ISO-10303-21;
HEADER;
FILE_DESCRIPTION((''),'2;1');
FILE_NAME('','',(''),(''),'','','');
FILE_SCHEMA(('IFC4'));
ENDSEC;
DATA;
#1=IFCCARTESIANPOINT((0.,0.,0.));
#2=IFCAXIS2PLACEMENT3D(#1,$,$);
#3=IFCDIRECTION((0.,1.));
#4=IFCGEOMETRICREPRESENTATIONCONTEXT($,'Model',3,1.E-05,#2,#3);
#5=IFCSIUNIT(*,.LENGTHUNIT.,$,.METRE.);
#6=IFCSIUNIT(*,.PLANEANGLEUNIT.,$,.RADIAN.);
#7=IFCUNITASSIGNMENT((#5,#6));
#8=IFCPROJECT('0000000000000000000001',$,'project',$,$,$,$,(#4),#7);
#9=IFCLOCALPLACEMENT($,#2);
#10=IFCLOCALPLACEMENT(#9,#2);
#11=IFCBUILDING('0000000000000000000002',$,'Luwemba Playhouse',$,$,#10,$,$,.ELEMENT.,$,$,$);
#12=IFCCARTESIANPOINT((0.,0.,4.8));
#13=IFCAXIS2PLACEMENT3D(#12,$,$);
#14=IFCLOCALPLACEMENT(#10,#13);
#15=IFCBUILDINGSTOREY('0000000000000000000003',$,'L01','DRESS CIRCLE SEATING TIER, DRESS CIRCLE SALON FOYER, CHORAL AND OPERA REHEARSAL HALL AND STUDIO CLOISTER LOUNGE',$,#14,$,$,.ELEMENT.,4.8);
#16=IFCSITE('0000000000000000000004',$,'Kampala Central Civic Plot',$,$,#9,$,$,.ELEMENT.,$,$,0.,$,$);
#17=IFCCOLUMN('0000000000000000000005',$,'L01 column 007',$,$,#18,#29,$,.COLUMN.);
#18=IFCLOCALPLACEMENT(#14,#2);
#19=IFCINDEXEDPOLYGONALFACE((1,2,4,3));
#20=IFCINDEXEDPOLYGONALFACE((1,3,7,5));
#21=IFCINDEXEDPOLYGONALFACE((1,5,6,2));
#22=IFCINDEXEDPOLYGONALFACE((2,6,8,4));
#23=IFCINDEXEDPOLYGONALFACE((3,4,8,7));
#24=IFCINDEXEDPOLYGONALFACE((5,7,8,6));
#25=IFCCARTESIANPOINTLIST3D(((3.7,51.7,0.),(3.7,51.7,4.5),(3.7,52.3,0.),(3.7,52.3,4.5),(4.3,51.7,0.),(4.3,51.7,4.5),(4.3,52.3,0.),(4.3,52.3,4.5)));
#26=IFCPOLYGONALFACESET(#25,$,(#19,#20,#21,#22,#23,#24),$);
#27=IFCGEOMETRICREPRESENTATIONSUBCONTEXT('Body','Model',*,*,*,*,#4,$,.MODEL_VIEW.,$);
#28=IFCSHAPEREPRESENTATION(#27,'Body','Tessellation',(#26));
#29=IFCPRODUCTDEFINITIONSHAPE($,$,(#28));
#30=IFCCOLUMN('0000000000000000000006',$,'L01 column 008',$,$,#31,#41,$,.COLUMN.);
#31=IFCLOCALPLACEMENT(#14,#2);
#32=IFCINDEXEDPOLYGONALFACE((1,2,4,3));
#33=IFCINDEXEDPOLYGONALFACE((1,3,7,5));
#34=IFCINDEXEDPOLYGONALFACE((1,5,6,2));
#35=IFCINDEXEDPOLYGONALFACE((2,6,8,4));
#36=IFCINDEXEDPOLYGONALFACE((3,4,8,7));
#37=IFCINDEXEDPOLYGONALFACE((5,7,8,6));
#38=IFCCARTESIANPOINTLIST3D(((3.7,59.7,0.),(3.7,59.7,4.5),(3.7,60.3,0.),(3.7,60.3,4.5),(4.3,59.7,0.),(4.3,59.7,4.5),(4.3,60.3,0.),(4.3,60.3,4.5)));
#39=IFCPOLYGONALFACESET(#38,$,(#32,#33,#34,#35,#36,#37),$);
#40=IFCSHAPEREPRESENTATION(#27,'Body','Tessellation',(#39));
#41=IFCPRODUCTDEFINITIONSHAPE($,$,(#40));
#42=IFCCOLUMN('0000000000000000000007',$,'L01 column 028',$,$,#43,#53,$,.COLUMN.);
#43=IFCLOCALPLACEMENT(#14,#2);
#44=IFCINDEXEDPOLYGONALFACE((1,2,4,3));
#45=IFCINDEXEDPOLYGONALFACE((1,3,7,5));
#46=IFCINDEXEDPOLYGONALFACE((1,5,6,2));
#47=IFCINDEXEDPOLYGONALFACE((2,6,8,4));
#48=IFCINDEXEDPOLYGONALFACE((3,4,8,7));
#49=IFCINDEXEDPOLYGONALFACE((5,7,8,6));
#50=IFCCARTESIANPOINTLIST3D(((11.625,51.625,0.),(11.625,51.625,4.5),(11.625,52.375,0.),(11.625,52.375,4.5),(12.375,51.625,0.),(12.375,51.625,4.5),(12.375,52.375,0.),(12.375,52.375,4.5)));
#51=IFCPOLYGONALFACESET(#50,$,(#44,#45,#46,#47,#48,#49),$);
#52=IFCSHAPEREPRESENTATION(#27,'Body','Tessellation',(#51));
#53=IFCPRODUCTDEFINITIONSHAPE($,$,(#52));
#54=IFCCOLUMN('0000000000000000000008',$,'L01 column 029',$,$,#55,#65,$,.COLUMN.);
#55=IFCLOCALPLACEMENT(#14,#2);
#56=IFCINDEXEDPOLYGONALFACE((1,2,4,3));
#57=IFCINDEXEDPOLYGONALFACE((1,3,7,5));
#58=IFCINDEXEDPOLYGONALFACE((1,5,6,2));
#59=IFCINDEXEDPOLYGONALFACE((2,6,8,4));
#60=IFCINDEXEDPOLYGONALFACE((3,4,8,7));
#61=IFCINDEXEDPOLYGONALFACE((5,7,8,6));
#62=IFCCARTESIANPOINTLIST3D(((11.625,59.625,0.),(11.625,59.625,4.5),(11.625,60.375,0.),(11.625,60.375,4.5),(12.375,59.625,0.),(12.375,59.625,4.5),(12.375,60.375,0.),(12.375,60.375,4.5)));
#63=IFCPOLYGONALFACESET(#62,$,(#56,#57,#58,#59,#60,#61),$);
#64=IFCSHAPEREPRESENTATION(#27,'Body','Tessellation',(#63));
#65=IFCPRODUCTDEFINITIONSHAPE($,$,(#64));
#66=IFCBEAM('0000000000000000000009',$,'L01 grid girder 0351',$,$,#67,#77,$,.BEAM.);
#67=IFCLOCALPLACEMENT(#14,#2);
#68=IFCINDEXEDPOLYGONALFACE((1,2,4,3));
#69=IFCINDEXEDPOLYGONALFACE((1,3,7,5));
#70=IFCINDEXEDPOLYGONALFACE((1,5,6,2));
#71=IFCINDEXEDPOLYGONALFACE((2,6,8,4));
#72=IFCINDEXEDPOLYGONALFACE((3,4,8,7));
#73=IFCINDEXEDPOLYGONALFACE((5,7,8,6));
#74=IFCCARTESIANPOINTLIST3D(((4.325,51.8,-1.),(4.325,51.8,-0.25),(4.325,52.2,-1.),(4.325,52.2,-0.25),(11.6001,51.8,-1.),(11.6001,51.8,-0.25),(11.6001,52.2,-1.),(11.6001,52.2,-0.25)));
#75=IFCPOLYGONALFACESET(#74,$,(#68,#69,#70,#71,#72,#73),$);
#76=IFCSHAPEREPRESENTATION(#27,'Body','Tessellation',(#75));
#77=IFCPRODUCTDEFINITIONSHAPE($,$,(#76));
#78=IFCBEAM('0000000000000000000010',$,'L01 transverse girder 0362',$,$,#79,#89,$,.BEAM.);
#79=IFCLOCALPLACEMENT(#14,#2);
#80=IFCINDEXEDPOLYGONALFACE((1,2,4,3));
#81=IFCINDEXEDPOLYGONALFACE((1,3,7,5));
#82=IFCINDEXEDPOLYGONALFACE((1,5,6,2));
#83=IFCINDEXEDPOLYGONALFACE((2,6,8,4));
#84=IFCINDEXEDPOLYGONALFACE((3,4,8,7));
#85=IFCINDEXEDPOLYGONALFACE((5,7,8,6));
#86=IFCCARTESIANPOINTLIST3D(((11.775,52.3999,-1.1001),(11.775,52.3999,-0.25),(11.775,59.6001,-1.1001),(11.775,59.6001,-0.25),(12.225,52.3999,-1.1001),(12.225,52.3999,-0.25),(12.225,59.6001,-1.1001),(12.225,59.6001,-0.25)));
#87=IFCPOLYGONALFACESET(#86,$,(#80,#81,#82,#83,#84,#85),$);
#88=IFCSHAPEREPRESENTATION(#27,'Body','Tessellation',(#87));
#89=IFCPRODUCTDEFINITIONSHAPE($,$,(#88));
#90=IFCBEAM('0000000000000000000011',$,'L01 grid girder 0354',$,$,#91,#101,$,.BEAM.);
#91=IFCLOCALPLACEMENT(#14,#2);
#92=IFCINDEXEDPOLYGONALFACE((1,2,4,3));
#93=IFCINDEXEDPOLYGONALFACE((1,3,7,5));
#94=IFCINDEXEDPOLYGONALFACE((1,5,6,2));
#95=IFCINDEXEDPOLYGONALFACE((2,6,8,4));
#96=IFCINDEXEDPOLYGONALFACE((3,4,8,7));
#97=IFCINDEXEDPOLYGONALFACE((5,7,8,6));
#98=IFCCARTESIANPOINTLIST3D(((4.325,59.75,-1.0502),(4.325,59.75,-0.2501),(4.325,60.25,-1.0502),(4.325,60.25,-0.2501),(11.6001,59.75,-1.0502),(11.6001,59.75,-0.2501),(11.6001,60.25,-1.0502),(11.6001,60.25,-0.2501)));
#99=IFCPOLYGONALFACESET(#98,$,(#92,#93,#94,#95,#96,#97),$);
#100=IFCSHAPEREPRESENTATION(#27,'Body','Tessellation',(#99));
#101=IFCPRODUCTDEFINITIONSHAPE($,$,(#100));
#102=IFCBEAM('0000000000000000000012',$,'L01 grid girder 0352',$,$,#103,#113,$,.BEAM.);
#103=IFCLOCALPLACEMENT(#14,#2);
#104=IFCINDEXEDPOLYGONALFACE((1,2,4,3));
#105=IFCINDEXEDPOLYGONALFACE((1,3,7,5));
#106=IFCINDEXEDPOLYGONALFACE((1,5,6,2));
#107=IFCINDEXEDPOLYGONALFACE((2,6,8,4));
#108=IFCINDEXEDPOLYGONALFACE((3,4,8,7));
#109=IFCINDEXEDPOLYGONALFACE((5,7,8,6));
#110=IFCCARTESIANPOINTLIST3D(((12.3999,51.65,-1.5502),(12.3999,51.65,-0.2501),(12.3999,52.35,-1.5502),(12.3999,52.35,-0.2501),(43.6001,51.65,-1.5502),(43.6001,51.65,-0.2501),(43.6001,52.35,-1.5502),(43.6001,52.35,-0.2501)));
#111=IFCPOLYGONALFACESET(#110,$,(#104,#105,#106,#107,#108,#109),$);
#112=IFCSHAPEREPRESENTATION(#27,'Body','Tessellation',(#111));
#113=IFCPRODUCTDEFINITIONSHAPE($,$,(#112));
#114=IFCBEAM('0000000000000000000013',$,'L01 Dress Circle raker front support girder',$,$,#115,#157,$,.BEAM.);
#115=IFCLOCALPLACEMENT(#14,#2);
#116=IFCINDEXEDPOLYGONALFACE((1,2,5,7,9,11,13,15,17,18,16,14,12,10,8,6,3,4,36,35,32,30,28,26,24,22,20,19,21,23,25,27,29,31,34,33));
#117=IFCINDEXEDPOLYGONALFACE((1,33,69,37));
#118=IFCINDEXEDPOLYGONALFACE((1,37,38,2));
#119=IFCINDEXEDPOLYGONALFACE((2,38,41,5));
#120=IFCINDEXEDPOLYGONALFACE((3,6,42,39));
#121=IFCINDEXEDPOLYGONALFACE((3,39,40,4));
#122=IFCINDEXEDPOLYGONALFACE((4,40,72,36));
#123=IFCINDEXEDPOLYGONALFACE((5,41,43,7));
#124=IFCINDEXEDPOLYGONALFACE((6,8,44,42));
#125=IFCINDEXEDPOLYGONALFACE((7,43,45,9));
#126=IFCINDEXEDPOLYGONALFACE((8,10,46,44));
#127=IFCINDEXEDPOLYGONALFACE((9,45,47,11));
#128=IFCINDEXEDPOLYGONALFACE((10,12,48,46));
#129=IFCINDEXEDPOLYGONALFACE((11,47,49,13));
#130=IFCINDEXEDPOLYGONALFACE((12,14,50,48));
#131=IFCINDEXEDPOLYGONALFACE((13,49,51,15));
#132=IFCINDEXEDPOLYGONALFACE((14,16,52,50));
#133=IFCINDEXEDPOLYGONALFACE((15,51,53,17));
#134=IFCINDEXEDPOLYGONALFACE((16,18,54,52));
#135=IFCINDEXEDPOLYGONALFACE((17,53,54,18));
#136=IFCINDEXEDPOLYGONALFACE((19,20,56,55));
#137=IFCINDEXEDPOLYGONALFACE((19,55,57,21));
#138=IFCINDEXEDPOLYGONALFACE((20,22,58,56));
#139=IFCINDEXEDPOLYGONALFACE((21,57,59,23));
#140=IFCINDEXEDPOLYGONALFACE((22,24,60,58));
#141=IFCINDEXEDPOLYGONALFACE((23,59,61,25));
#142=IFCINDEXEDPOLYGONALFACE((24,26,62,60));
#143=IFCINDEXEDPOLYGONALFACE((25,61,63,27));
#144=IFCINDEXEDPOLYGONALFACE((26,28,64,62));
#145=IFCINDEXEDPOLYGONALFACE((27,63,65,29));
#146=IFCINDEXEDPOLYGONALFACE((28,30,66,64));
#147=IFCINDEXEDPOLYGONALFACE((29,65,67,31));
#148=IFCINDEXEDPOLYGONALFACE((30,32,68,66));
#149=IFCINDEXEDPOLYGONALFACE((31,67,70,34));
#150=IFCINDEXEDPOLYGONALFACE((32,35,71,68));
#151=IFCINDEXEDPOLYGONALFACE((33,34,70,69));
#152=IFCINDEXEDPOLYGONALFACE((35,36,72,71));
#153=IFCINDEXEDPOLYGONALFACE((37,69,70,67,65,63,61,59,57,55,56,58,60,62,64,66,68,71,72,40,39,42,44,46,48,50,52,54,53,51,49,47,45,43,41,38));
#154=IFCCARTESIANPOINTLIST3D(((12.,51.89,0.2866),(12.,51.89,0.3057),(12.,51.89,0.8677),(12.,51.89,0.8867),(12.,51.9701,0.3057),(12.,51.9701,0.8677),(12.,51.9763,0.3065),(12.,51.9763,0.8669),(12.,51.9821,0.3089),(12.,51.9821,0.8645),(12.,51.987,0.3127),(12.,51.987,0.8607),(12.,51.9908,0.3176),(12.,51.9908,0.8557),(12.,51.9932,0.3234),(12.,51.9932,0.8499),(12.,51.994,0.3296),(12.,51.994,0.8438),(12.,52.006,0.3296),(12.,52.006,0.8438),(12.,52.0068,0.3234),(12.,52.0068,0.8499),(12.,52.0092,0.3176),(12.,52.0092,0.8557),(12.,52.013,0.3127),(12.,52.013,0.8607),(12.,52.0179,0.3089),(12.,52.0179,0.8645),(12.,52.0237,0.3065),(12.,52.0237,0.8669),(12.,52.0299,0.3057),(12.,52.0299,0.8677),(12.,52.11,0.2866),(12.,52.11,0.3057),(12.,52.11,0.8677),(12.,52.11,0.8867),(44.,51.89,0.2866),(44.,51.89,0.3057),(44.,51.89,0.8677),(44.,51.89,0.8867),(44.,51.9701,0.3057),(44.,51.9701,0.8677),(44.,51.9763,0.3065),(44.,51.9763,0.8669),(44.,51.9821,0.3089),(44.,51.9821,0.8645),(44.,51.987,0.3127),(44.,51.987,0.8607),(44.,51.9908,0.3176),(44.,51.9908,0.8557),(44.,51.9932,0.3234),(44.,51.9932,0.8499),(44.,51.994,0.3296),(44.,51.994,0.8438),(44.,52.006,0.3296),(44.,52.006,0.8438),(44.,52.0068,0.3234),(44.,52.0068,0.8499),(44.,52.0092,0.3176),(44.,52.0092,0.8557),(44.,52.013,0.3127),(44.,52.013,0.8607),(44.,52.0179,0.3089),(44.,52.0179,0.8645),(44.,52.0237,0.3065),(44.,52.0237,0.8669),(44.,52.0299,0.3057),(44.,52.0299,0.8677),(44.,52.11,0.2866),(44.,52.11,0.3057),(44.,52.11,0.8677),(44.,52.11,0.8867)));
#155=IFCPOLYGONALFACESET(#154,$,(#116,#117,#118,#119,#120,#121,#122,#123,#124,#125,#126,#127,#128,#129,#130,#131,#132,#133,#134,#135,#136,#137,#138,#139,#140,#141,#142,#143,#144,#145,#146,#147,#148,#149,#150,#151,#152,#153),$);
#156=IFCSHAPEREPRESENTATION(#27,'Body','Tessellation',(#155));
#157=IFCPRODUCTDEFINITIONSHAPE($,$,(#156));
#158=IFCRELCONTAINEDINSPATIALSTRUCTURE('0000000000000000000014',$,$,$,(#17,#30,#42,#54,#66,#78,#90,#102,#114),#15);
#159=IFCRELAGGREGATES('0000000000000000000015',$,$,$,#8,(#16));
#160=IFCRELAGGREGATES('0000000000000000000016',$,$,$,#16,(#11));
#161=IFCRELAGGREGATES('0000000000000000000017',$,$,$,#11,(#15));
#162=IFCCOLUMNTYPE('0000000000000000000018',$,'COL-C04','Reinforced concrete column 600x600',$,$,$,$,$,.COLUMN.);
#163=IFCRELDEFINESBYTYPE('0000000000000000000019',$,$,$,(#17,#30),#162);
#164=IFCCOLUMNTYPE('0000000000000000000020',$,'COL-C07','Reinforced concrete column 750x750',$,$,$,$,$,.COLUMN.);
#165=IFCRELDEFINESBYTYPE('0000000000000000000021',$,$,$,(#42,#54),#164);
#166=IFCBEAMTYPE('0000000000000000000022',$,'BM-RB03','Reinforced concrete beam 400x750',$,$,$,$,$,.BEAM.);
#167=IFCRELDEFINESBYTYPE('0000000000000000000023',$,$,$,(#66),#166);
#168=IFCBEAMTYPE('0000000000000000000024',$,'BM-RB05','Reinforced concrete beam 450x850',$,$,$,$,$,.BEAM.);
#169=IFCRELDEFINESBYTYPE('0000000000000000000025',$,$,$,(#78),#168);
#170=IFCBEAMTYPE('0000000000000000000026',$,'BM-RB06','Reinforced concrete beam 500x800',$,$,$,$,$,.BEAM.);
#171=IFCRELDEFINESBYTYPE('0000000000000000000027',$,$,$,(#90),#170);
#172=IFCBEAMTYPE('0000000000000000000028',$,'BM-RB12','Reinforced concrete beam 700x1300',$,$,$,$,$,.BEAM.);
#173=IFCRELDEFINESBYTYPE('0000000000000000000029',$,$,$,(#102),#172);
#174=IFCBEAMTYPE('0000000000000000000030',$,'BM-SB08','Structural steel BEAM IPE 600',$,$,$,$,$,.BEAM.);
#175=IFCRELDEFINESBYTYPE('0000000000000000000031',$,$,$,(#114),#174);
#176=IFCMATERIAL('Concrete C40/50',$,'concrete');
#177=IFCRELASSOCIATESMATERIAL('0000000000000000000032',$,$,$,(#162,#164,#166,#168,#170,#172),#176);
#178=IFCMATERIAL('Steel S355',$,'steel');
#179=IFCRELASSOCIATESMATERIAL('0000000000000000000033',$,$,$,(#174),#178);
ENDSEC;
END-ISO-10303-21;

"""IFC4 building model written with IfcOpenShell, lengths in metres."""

from ifc_helpers import new_model, si_unit, direction, frame, origin, origin_2d, place, context, subcontext, project, spatial, rectangle, i_section, extrude, material, material_profile, profile_set, type_object, element, save


model = new_model("IFC4")

# Units and contexts
model_context = context("Model", 3, precision=1e-05, world=origin(), true_north=direction((0.0, 1.0)))
body_context = subcontext(model_context, "Body", "Model", "MODEL_VIEW")
ifc_project = project(units=[si_unit("LENGTHUNIT", "METRE"), si_unit("PLANEANGLEUNIT", "RADIAN")], contexts=[model_context])

# Site, building, storey
site_placement = place(None, origin())
site = spatial("IfcSite", under=ifc_project, at=site_placement, Name="Kampala Central Civic Plot", CompositionType="ELEMENT", RefElevation=0.0)
building_placement = place(site_placement, origin())
building = spatial("IfcBuilding", under=site, at=building_placement, Name="Luwemba Playhouse", CompositionType="ELEMENT")
storey_placement = place(building_placement, frame((0.0, 0.0, 4.8)))
storey = spatial("IfcBuildingStorey", under=building, at=storey_placement, Name="L01", Description="DRESS CIRCLE SEATING TIER, DRESS CIRCLE SALON FOYER, CHORAL AND OPERA REHEARSAL HALL AND STUDIO CLOISTER LOUNGE", CompositionType="ELEMENT", Elevation=4.8)

# Columns
ifc_material_1 = material(Name="Concrete C40/50", Category="concrete")
ifc_material_profile_1 = material_profile(ifc_material_1, rectangle(XDim=0.6001, YDim=0.6001, at=origin_2d()))
ifc_profile_set_1 = profile_set([ifc_material_profile_1], Name="Concrete C40/50")
column_type_1 = type_object("IfcColumnType", Name="COL-C04", Description="Reinforced concrete column 600x600", PredefinedType="COLUMN", material=ifc_profile_set_1)
for number, where, z_axis, x_axis, name in (
    (1, (4.0, 52.0, 0.0), (0.0, 0.0, 1.0), (1.0, 0.0, 0.0), "L01 column 007"),
    (2, (4.0, 60.0, 0.0), (0.0, 0.0, 1.0), (1.0, 0.0, 0.0), "L01 column 008"),
):
    element("IfcColumn", number, at=place(storey_placement, frame(where, z_axis=z_axis, x_axis=x_axis)), inside=storey, type_object=column_type_1, Name=name, PredefinedType="COLUMN", context=body_context, shape_type="SweptSolid", body=[
        extrude(rectangle(XDim=0.6001, YDim=0.6001, at=origin_2d()), origin(), (0.0, 0.0, 1.0), 4.5),
    ])
ifc_material_profile_2 = material_profile(ifc_material_1, rectangle(XDim=0.75, YDim=0.75, at=origin_2d()))
ifc_profile_set_2 = profile_set([ifc_material_profile_2], Name="Concrete C40/50")
column_type_2 = type_object("IfcColumnType", Name="COL-C07", Description="Reinforced concrete column 750x750", PredefinedType="COLUMN", material=ifc_profile_set_2)
for number, where, z_axis, x_axis, name in (
    (3, (12.0, 52.0, 0.0), (0.0, 0.0, 1.0), (1.0, 0.0, 0.0), "L01 column 028"),
    (4, (12.0, 60.0, 0.0), (0.0, 0.0, 1.0), (1.0, 0.0, 0.0), "L01 column 029"),
):
    element("IfcColumn", number, at=place(storey_placement, frame(where, z_axis=z_axis, x_axis=x_axis)), inside=storey, type_object=column_type_2, Name=name, PredefinedType="COLUMN", context=body_context, shape_type="SweptSolid", body=[
        extrude(rectangle(XDim=0.75, YDim=0.75, at=origin_2d()), origin(), (0.0, 0.0, 1.0), 4.5),
    ])

# Beams
ifc_material_profile_3 = material_profile(ifc_material_1, rectangle(XDim=0.3999, YDim=0.75, at=origin_2d()))
ifc_profile_set_3 = profile_set([ifc_material_profile_3], Name="Concrete C40/50")
beam_type_1 = type_object("IfcBeamType", Name="BM-RB03", Description="Reinforced concrete beam 400x750", PredefinedType="BEAM", material=ifc_profile_set_3)
beam_1_placement = place(storey_placement, frame((4.325, 52.0, -0.625), z_axis=(1.0, 0.0, 0.0), x_axis=(0.0, 1.0, 0.0)))
element("IfcBeam", 5, at=beam_1_placement, inside=storey, type_object=beam_type_1, Name="L01 grid girder 0351", PredefinedType="BEAM", context=body_context, shape_type="SweptSolid", body=[
    extrude(rectangle(XDim=0.3999, YDim=0.75, at=origin_2d()), origin(), (0.0, 0.0, 1.0), 7.2751),
])
ifc_material_profile_4 = material_profile(ifc_material_1, rectangle(XDim=0.45, YDim=0.8501, at=origin_2d()))
ifc_profile_set_4 = profile_set([ifc_material_profile_4], Name="Concrete C40/50")
beam_type_2 = type_object("IfcBeamType", Name="BM-RB05", Description="Reinforced concrete beam 450x850", PredefinedType="BEAM", material=ifc_profile_set_4)
beam_2_placement = place(storey_placement, frame((12.0, 52.3999, -0.675), z_axis=(0.0, 1.0, 0.0), x_axis=(-1.0, 0.0, 0.0)))
element("IfcBeam", 6, at=beam_2_placement, inside=storey, type_object=beam_type_2, Name="L01 transverse girder 0362", PredefinedType="BEAM", context=body_context, shape_type="SweptSolid", body=[
    extrude(rectangle(XDim=0.45, YDim=0.8501, at=origin_2d()), origin(), (0.0, 0.0, 1.0), 7.2002),
])
ifc_material_profile_5 = material_profile(ifc_material_1, rectangle(XDim=0.5, YDim=0.8, at=origin_2d()))
ifc_profile_set_5 = profile_set([ifc_material_profile_5], Name="Concrete C40/50")
beam_type_3 = type_object("IfcBeamType", Name="BM-RB06", Description="Reinforced concrete beam 500x800", PredefinedType="BEAM", material=ifc_profile_set_5)
beam_3_placement = place(storey_placement, frame((4.325, 60.0, -0.6501), z_axis=(1.0, 0.0, 0.0), x_axis=(0.0, 1.0, 0.0)))
element("IfcBeam", 7, at=beam_3_placement, inside=storey, type_object=beam_type_3, Name="L01 grid girder 0354", PredefinedType="BEAM", context=body_context, shape_type="SweptSolid", body=[
    extrude(rectangle(XDim=0.5, YDim=0.8, at=origin_2d()), origin(), (0.0, 0.0, 1.0), 7.2751),
])
ifc_material_profile_6 = material_profile(ifc_material_1, rectangle(XDim=0.7, YDim=1.3, at=origin_2d()))
ifc_profile_set_6 = profile_set([ifc_material_profile_6], Name="Concrete C40/50")
beam_type_4 = type_object("IfcBeamType", Name="BM-RB12", Description="Reinforced concrete beam 700x1300", PredefinedType="BEAM", material=ifc_profile_set_6)
beam_4_placement = place(storey_placement, frame((12.3999, 52.0, -0.9001), z_axis=(1.0, 0.0, 0.0), x_axis=(0.0, 1.0, 0.0)))
element("IfcBeam", 8, at=beam_4_placement, inside=storey, type_object=beam_type_4, Name="L01 grid girder 0352", PredefinedType="BEAM", context=body_context, shape_type="SweptSolid", body=[
    extrude(rectangle(XDim=0.7, YDim=1.3, at=origin_2d()), origin(), (0.0, 0.0, 1.0), 31.2002),
])
ifc_material_2 = material(Name="Steel S355", Category="steel")
ifc_material_profile_7 = material_profile(ifc_material_2, i_section(OverallWidth=0.22, OverallDepth=0.6001, WebThickness=0.012, FlangeThickness=0.019, FilletRadius=0.0239, at=origin_2d()))
ifc_profile_set_7 = profile_set([ifc_material_profile_7], Name="Steel S355")
beam_type_5 = type_object("IfcBeamType", Name="BM-SB08", Description="Structural steel BEAM IPE 600", PredefinedType="BEAM", material=ifc_profile_set_7)
beam_5_placement = place(storey_placement, frame((12.0, 52.0, 0.5867), z_axis=(1.0, 0.0, 0.0), x_axis=(0.0, 1.0, 0.0)))
element("IfcBeam", 9, at=beam_5_placement, inside=storey, type_object=beam_type_5, Name="L01 Dress Circle raker front support girder", PredefinedType="BEAM", context=body_context, shape_type="SweptSolid", body=[
    extrude(i_section(OverallWidth=0.22, OverallDepth=0.6001, WebThickness=0.012, FlangeThickness=0.019, FilletRadius=0.0239, at=origin_2d()), origin(), (0.0, 0.0, 1.0), 32.0),
])

save(model, "model.ifc")
